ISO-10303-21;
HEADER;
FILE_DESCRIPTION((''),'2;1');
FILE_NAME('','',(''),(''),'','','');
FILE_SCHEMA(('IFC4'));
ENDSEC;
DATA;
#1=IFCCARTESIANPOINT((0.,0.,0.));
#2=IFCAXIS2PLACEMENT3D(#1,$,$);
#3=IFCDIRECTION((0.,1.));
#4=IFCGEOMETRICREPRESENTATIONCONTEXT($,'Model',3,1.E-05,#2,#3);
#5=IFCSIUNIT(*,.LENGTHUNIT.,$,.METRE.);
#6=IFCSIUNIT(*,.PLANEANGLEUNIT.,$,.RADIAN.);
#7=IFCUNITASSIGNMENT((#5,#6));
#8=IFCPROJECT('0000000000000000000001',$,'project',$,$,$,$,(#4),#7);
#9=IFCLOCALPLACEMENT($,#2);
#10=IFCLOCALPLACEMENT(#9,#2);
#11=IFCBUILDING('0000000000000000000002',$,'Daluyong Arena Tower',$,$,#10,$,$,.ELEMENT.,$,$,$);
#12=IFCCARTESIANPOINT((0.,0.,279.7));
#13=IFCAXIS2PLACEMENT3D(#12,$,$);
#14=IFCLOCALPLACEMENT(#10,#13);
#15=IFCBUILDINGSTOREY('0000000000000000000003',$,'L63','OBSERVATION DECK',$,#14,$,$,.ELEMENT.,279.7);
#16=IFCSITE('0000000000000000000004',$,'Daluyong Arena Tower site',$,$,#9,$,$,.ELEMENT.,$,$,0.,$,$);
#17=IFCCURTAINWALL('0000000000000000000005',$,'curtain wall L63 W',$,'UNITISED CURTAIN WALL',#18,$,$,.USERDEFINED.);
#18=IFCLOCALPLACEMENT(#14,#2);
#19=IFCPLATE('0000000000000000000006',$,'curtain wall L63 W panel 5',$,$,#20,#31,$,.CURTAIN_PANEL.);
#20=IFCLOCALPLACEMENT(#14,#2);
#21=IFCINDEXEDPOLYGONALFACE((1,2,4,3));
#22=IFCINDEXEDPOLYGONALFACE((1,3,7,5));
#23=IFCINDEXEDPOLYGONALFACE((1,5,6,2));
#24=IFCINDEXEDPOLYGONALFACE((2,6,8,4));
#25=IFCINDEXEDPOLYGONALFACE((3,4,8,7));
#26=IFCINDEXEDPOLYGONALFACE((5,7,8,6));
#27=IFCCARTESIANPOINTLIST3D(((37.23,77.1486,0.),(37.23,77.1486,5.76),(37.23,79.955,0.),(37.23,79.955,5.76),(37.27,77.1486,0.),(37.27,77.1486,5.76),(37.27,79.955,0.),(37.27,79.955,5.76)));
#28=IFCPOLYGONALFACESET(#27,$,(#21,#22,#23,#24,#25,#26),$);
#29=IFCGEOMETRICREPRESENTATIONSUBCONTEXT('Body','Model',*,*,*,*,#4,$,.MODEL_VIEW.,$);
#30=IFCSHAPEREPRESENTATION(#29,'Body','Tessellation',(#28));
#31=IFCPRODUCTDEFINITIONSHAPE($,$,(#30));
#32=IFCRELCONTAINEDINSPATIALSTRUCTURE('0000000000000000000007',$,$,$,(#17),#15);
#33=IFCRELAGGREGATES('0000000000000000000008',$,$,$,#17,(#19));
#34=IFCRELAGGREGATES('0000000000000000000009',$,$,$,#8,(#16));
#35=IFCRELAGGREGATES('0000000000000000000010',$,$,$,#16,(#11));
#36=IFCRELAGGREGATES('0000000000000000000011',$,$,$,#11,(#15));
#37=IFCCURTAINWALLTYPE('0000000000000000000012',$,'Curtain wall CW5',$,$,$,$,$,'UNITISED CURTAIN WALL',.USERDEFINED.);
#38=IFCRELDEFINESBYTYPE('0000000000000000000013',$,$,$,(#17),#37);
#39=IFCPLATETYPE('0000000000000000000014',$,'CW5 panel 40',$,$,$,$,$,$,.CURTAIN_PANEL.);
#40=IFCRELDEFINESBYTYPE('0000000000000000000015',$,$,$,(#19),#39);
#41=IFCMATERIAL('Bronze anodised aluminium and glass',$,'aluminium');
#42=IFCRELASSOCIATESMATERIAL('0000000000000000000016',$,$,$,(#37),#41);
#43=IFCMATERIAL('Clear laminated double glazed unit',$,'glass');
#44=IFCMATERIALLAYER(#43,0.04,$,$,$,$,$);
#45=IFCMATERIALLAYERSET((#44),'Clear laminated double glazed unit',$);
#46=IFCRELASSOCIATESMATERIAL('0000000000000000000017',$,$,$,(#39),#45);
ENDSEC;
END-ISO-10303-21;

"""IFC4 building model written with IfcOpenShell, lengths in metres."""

from ifc_helpers import new_model, si_unit, direction, frame, origin, origin_2d, place, context, subcontext, project, spatial, rectangle, extrude, material, layer, layer_set, type_object, element, aggregate, save


model = new_model("IFC4")

# Units and contexts
model_context = context("Model", 3, precision=1e-05, world=origin(), true_north=direction((0.0, 1.0)))
body_context = subcontext(model_context, "Body", "Model", "MODEL_VIEW")
ifc_project = project(units=[si_unit("LENGTHUNIT", "METRE"), si_unit("PLANEANGLEUNIT", "RADIAN")], contexts=[model_context])

# Site, building, storey
site_placement = place(None, origin())
site = spatial("IfcSite", under=ifc_project, at=site_placement, Name="Daluyong Arena Tower site", CompositionType="ELEMENT", RefElevation=0.0)
building_placement = place(site_placement, origin())
building = spatial("IfcBuilding", under=site, at=building_placement, Name="Daluyong Arena Tower", CompositionType="ELEMENT")
storey_placement = place(building_placement, frame((0.0, 0.0, 279.7)))
storey = spatial("IfcBuildingStorey", under=building, at=storey_placement, Name="L63", Description="OBSERVATION DECK", CompositionType="ELEMENT", Elevation=279.7)

# Curtain wall
ifc_material_1 = material(Name="Bronze anodised aluminium and glass", Category="aluminium")
curtain_wall_type = type_object("IfcCurtainWallType", Name="Curtain wall CW5", ElementType="UNITISED CURTAIN WALL", PredefinedType="USERDEFINED", material=ifc_material_1)
curtain_wall_placement = place(storey_placement, origin())
curtain_wall = element("IfcCurtainWall", 1, at=curtain_wall_placement, inside=storey, type_object=curtain_wall_type, Name="curtain wall L63 W", ObjectType="UNITISED CURTAIN WALL", PredefinedType="USERDEFINED")

# Plate
ifc_material_2 = material(Name="Clear laminated double glazed unit", Category="glass")
ifc_layer = layer(ifc_material_2, 0.04)
ifc_layer_set = layer_set([ifc_layer], Name="Clear laminated double glazed unit")
plate_type = type_object("IfcPlateType", Name="CW5 panel 40", PredefinedType="CURTAIN_PANEL", material=ifc_layer_set)
plate_1_placement = place(storey_placement, frame((37.25, 78.5518, 0.0), z_axis=(0.0, 0.0, 1.0), x_axis=(0.0, -1.0, 0.0)))
plate_1 = element("IfcPlate", 2, at=plate_1_placement, type_object=plate_type, Name="curtain wall L63 W panel 5", PredefinedType="CURTAIN_PANEL", context=body_context, shape_type="SweptSolid", body=[
    extrude(rectangle(XDim=2.8064, YDim=0.04, at=origin_2d()), origin(), (0.0, 0.0, 1.0), 5.76),
])
aggregate(curtain_wall, [plate_1])

save(model, "model.ifc")
